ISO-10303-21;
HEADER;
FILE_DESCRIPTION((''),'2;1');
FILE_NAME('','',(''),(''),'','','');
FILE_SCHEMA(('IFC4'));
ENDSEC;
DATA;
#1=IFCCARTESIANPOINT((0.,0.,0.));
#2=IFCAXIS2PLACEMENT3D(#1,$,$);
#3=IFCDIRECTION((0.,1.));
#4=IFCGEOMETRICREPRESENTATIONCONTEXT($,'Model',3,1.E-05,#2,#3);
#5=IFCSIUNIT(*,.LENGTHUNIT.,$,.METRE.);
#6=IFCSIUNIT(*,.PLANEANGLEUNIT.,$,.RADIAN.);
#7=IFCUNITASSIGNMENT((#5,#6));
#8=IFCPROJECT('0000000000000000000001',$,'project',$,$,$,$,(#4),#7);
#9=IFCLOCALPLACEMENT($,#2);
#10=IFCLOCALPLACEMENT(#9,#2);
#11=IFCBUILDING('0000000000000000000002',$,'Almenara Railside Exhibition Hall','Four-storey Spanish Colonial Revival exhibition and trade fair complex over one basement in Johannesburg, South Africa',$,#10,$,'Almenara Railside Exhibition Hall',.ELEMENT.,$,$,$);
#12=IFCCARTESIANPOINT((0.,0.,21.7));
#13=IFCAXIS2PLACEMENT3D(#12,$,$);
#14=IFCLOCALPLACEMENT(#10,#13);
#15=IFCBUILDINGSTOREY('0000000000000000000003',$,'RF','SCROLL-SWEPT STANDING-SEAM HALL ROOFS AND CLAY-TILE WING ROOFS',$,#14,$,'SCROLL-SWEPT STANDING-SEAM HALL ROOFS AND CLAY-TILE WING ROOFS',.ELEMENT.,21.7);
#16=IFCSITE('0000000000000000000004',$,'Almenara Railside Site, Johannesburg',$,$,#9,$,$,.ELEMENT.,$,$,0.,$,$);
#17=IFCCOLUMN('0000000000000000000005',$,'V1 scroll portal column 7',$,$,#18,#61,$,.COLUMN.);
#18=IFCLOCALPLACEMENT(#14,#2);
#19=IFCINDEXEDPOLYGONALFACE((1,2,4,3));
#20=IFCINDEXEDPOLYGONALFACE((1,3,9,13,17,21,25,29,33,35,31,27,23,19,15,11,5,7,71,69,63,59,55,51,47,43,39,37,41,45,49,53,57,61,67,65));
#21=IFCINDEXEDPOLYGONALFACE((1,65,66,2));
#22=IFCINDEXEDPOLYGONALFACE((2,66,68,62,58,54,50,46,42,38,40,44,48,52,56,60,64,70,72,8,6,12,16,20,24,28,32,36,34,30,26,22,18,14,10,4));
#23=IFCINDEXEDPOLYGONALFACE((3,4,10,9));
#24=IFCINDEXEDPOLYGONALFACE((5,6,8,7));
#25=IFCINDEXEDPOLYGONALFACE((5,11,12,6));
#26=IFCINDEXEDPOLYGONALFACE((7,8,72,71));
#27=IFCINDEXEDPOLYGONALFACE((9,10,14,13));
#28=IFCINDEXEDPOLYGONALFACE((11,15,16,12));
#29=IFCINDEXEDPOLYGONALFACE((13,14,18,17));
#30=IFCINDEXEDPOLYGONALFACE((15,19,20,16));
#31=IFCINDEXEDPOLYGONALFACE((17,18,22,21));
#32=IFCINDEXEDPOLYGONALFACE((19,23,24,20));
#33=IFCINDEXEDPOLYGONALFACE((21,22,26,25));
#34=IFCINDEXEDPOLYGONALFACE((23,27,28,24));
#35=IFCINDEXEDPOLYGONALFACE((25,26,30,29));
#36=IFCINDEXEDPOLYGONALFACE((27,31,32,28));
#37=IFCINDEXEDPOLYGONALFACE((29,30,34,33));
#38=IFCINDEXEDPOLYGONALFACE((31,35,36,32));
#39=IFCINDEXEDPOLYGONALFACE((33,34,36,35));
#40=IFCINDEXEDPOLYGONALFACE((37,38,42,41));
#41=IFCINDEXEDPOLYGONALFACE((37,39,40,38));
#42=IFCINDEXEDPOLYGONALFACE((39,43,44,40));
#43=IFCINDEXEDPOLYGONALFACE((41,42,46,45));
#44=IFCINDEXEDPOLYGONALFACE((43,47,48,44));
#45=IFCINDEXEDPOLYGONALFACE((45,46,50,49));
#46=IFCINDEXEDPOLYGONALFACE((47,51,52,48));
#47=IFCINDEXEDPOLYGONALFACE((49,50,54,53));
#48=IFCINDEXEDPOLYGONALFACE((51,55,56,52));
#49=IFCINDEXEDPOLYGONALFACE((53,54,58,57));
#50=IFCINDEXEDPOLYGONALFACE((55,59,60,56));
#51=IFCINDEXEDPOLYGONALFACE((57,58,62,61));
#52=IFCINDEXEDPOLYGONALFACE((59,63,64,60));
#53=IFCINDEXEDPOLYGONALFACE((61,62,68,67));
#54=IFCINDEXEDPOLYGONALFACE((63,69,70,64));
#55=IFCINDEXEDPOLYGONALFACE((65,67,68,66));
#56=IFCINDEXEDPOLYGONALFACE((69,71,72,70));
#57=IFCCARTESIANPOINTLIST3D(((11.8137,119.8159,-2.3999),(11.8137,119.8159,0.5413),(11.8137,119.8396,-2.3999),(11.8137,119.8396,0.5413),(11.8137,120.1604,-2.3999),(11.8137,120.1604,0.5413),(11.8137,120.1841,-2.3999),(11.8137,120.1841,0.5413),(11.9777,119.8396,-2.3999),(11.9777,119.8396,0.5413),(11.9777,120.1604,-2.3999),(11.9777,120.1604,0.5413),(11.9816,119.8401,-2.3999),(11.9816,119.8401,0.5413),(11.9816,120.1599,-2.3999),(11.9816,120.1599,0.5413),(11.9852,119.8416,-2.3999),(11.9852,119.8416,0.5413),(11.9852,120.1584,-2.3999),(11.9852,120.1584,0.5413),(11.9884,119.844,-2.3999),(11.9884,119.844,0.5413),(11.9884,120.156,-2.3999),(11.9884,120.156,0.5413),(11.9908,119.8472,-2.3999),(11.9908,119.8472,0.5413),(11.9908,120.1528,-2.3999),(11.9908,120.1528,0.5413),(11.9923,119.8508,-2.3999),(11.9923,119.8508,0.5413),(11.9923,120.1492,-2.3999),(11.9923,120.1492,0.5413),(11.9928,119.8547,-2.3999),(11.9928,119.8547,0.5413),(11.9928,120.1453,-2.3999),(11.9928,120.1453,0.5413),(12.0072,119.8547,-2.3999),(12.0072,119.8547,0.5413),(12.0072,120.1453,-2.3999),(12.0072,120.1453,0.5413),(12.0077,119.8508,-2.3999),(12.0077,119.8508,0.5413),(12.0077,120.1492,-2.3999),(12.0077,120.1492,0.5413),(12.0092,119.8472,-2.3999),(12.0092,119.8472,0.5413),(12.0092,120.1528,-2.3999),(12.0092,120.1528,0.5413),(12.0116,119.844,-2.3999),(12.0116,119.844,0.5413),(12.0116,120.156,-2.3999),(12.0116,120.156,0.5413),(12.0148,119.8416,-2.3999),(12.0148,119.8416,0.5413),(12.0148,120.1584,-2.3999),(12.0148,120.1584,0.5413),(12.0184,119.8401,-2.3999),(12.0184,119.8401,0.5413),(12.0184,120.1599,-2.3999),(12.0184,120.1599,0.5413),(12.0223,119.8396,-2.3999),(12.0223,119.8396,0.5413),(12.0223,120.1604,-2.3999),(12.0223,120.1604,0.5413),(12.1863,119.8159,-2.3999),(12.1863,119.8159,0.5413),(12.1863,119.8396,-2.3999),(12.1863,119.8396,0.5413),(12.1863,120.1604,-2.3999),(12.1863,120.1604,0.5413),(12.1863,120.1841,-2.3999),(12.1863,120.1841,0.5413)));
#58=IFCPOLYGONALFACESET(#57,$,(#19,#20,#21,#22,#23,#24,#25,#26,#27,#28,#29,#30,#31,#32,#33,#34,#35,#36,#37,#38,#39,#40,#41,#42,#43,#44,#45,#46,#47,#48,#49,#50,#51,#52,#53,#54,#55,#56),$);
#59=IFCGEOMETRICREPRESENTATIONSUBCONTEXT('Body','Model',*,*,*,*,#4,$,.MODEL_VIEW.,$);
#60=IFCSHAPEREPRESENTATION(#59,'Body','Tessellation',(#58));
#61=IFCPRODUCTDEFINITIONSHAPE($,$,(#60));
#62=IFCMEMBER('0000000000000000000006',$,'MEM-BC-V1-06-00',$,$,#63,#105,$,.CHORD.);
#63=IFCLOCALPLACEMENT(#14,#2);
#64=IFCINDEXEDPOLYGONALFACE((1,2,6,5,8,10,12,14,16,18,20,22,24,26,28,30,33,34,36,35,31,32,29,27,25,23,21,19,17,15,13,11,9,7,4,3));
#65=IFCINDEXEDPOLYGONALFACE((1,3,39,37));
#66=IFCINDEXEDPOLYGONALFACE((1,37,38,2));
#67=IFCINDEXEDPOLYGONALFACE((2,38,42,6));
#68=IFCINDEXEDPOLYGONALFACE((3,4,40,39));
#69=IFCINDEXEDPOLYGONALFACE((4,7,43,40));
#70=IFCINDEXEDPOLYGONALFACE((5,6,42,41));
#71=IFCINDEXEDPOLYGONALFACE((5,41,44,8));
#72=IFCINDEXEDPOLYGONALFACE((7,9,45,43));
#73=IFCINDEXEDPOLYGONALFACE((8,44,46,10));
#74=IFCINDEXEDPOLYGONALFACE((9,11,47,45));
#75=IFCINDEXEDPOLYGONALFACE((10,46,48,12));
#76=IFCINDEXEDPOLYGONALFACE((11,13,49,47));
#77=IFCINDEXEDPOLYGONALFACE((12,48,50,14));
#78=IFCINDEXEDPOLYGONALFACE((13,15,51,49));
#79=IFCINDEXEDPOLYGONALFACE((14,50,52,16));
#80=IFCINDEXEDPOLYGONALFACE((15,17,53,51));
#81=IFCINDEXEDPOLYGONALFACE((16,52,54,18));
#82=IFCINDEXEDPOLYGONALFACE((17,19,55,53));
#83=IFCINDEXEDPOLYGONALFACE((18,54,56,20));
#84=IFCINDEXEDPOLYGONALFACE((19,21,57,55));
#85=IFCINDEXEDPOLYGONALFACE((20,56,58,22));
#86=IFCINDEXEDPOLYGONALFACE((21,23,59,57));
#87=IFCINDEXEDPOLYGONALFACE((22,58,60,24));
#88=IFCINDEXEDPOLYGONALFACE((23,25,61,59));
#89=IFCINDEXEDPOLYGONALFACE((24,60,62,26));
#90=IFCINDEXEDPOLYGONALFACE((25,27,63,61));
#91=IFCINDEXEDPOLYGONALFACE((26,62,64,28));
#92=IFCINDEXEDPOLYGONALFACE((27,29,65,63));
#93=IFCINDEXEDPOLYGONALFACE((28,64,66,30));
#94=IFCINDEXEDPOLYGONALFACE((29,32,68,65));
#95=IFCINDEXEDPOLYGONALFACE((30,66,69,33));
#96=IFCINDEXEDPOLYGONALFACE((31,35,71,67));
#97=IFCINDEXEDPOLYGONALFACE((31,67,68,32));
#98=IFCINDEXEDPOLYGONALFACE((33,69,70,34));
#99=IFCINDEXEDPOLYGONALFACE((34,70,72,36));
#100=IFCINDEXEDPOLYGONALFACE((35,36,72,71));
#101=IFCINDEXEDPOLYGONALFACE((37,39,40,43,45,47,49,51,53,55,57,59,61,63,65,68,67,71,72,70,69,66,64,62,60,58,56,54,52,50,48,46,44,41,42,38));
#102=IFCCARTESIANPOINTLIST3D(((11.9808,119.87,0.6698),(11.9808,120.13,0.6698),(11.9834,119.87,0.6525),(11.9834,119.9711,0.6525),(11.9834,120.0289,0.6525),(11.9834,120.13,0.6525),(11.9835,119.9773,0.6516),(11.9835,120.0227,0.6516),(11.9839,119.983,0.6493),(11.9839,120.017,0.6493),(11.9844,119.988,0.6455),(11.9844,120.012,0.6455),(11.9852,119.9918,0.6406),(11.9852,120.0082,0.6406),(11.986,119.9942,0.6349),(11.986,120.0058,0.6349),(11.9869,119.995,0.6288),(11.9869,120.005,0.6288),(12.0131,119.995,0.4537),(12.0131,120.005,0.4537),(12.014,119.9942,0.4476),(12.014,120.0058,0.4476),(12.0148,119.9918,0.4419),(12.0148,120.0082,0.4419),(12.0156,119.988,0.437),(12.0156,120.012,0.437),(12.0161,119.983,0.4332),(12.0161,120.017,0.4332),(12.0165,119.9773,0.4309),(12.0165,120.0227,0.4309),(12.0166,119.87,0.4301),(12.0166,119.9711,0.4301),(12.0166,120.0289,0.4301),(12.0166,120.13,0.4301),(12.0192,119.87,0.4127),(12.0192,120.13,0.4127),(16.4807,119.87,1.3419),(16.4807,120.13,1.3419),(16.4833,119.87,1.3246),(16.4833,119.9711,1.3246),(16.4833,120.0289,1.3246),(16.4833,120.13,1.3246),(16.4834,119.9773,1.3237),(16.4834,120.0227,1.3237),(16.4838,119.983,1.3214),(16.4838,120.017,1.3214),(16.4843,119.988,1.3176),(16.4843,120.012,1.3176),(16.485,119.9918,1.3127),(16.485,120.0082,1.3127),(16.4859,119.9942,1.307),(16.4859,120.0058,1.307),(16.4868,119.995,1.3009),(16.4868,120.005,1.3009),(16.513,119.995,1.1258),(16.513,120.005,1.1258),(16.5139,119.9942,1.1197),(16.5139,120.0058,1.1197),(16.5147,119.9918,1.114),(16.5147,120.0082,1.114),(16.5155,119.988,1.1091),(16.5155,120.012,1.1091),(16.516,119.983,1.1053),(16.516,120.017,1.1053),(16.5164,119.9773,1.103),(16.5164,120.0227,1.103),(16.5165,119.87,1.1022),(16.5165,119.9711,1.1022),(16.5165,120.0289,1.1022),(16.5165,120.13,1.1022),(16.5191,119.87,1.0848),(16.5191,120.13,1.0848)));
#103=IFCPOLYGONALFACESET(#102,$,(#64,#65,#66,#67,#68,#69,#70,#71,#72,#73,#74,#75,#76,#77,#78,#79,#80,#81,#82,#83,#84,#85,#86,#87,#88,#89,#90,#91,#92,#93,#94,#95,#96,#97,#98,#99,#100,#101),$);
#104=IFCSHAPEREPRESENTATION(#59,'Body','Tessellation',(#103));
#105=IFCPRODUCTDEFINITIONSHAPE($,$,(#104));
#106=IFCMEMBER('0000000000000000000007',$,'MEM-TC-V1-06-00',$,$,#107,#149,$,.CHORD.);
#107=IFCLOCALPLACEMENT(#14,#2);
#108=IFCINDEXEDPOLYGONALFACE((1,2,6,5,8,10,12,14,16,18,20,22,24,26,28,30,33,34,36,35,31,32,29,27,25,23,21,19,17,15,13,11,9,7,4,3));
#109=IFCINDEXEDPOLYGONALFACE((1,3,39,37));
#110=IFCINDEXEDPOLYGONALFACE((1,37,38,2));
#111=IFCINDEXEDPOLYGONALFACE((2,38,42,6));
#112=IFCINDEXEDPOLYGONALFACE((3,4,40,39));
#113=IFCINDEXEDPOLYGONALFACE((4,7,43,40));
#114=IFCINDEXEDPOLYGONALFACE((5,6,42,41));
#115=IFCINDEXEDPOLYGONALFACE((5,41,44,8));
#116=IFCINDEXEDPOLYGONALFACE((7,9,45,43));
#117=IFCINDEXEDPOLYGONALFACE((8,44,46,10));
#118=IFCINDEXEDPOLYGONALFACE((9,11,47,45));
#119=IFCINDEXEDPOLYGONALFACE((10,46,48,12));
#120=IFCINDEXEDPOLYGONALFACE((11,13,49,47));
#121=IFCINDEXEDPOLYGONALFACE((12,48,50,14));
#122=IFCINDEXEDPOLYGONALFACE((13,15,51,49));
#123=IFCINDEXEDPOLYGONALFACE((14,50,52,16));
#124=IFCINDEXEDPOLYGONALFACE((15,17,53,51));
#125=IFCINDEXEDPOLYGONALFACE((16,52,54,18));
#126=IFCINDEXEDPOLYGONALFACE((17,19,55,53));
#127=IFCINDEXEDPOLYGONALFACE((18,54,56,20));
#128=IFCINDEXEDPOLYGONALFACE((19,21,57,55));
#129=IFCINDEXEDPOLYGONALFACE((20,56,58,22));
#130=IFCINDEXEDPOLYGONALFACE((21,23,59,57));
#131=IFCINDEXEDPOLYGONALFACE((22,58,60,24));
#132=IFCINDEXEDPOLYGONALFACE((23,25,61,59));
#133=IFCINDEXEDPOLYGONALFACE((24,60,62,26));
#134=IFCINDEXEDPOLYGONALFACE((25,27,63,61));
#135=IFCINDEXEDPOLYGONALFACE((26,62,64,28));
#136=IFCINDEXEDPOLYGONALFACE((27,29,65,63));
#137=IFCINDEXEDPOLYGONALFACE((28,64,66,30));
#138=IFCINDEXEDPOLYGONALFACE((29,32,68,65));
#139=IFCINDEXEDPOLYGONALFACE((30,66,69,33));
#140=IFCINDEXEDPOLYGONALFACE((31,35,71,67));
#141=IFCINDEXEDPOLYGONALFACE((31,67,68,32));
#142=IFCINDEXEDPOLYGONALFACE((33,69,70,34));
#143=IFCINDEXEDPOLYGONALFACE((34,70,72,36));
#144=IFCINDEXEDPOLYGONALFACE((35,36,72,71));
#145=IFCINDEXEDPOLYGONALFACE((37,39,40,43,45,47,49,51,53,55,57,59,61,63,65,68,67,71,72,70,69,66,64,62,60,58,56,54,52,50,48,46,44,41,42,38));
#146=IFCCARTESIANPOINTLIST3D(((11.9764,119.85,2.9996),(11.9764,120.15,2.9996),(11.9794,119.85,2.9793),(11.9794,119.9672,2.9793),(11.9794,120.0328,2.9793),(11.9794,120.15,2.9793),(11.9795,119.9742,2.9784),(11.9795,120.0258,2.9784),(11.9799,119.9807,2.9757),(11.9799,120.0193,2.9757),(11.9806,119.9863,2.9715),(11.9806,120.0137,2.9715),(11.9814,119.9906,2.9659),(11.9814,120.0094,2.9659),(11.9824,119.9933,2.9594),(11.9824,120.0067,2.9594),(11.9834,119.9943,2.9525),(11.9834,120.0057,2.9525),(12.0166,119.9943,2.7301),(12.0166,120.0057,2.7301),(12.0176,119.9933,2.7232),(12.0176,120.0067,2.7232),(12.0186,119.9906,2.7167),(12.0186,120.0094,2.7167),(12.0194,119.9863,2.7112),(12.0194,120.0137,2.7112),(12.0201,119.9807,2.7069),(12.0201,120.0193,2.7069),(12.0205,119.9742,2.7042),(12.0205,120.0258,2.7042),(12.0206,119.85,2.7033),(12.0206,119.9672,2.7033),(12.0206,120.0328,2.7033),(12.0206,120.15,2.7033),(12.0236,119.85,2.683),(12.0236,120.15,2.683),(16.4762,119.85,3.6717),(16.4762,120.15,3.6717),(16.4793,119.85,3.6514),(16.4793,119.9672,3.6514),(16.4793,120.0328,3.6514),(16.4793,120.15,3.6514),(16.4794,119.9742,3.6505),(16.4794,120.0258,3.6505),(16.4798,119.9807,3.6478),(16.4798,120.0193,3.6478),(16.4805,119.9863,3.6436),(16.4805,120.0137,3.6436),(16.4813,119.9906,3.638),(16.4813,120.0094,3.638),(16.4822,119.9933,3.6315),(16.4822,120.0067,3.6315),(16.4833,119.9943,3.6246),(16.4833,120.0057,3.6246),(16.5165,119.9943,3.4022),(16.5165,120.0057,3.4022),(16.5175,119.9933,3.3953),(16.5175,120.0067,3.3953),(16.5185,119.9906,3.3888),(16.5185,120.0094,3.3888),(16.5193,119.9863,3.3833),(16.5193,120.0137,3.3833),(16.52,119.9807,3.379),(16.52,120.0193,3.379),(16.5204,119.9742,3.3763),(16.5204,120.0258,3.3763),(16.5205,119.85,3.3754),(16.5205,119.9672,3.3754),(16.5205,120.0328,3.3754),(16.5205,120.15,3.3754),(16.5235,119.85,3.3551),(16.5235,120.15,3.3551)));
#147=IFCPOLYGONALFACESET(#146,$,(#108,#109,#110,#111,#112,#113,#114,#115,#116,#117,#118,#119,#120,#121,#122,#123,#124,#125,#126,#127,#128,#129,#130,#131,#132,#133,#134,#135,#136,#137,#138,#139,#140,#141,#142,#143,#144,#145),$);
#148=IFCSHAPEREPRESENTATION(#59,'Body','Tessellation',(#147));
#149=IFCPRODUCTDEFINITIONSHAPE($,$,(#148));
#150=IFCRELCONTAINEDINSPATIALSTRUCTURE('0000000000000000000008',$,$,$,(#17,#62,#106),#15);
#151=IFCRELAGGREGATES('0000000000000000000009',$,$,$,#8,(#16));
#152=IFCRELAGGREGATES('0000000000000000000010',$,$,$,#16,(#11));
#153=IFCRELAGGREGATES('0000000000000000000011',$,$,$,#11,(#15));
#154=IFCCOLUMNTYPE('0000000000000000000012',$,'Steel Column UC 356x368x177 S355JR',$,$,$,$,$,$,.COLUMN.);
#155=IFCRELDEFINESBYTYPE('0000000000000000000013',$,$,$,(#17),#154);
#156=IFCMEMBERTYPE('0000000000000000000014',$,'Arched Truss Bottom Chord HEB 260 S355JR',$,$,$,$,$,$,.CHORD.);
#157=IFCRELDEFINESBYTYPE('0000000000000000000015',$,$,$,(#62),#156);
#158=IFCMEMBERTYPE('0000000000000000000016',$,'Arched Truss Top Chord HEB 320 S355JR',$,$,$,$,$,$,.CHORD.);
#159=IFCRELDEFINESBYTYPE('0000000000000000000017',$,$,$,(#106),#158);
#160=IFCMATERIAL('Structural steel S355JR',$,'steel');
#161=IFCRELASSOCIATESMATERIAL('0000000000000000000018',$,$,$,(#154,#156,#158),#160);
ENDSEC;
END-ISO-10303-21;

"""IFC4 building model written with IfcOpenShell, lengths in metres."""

from ifc_helpers import new_model, si_unit, direction, frame, origin, origin_2d, place, context, subcontext, project, spatial, i_section, extrude, material, material_profile, profile_set, type_object, element, save


model = new_model("IFC4")

# Units and contexts
model_context = context("Model", 3, precision=1e-05, world=origin(), true_north=direction((0.0, 1.0)))
body_context = subcontext(model_context, "Body", "Model", "MODEL_VIEW")
ifc_project = project(units=[si_unit("LENGTHUNIT", "METRE"), si_unit("PLANEANGLEUNIT", "RADIAN")], contexts=[model_context])

# Site, building, storey
site_placement = place(None, origin())
site = spatial("IfcSite", under=ifc_project, at=site_placement, Name="Almenara Railside Site, Johannesburg", CompositionType="ELEMENT", RefElevation=0.0)
building_placement = place(site_placement, origin())
building = spatial("IfcBuilding", under=site, at=building_placement, Name="Almenara Railside Exhibition Hall", Description="Four-storey Spanish Colonial Revival exhibition and trade fair complex over one basement in Johannesburg, South Africa", LongName="Almenara Railside Exhibition Hall", CompositionType="ELEMENT")
storey_placement = place(building_placement, frame((0.0, 0.0, 21.7)))
storey = spatial("IfcBuildingStorey", under=building, at=storey_placement, Name="RF", Description="SCROLL-SWEPT STANDING-SEAM HALL ROOFS AND CLAY-TILE WING ROOFS", LongName="SCROLL-SWEPT STANDING-SEAM HALL ROOFS AND CLAY-TILE WING ROOFS", CompositionType="ELEMENT", Elevation=21.7)

# Column
ifc_material_1 = material(Name="Structural steel S355JR", Category="steel")
ifc_material_profile_1 = material_profile(ifc_material_1, i_section(OverallWidth=0.3726, OverallDepth=0.3682, WebThickness=0.0144, FlangeThickness=0.0237, FilletRadius=0.0151, at=origin_2d()), Name="UC 356x368x177")
ifc_profile_set_1 = profile_set([ifc_material_profile_1], Name="Structural steel S355JR")
column_type = type_object("IfcColumnType", Name="Steel Column UC 356x368x177 S355JR", PredefinedType="COLUMN", material=ifc_profile_set_1)
column_placement = place(storey_placement, frame((12.0, 120.0, -2.3999), z_axis=(0.0, 0.0, 1.0), x_axis=(1.0, 0.0, 0.0)))
element("IfcColumn", 1, at=column_placement, inside=storey, type_object=column_type, Name="V1 scroll portal column 7", PredefinedType="COLUMN", context=body_context, shape_type="SweptSolid", body=[
    extrude(i_section(OverallWidth=0.3726, OverallDepth=0.3682, WebThickness=0.0144, FlangeThickness=0.0237, FilletRadius=0.0151, at=origin_2d()), origin(), (0.0, 0.0, 1.0), 2.9412),
])

# Members
ifc_material_profile_2 = material_profile(ifc_material_1, i_section(OverallWidth=0.26, OverallDepth=0.26, WebThickness=0.01, FlangeThickness=0.0176, FilletRadius=0.0239, at=origin_2d()), Name="HEB 260")
ifc_profile_set_2 = profile_set([ifc_material_profile_2], Name="Structural steel S355JR")
member_type_1 = type_object("IfcMemberType", Name="Arched Truss Bottom Chord HEB 260 S355JR", PredefinedType="CHORD", material=ifc_profile_set_2)
member_1_placement = place(storey_placement, frame((12.0, 120.0, 0.5413), z_axis=(0.989029, 0.0, 0.147721), x_axis=(0.0, 1.0, 0.0)))
element("IfcMember", 2, at=member_1_placement, inside=storey, type_object=member_type_1, Name="MEM-BC-V1-06-00", PredefinedType="CHORD", context=body_context, shape_type="SweptSolid", body=[
    extrude(i_section(OverallWidth=0.26, OverallDepth=0.26, WebThickness=0.01, FlangeThickness=0.0176, FilletRadius=0.0239, at=origin_2d()), origin(), (0.0, 0.0, 1.0), 4.5498),
])
ifc_material_profile_3 = material_profile(ifc_material_1, i_section(OverallWidth=0.3, OverallDepth=0.3201, WebThickness=0.0115, FlangeThickness=0.0205, FilletRadius=0.0271, at=origin_2d()), Name="HEB 320")
ifc_profile_set_3 = profile_set([ifc_material_profile_3], Name="Structural steel S355JR")
member_type_2 = type_object("IfcMemberType", Name="Arched Truss Top Chord HEB 320 S355JR", PredefinedType="CHORD", material=ifc_profile_set_3)
member_2_placement = place(storey_placement, frame((12.0, 120.0, 2.8413), z_axis=(0.989029, 0.0, 0.147721), x_axis=(0.0, 1.0, 0.0)))
element("IfcMember", 3, at=member_2_placement, inside=storey, type_object=member_type_2, Name="MEM-TC-V1-06-00", PredefinedType="CHORD", context=body_context, shape_type="SweptSolid", body=[
    extrude(i_section(OverallWidth=0.3, OverallDepth=0.3201, WebThickness=0.0115, FlangeThickness=0.0205, FilletRadius=0.0271, at=origin_2d()), origin(), (0.0, 0.0, 1.0), 4.5498),
])

save(model, "model.ifc")
